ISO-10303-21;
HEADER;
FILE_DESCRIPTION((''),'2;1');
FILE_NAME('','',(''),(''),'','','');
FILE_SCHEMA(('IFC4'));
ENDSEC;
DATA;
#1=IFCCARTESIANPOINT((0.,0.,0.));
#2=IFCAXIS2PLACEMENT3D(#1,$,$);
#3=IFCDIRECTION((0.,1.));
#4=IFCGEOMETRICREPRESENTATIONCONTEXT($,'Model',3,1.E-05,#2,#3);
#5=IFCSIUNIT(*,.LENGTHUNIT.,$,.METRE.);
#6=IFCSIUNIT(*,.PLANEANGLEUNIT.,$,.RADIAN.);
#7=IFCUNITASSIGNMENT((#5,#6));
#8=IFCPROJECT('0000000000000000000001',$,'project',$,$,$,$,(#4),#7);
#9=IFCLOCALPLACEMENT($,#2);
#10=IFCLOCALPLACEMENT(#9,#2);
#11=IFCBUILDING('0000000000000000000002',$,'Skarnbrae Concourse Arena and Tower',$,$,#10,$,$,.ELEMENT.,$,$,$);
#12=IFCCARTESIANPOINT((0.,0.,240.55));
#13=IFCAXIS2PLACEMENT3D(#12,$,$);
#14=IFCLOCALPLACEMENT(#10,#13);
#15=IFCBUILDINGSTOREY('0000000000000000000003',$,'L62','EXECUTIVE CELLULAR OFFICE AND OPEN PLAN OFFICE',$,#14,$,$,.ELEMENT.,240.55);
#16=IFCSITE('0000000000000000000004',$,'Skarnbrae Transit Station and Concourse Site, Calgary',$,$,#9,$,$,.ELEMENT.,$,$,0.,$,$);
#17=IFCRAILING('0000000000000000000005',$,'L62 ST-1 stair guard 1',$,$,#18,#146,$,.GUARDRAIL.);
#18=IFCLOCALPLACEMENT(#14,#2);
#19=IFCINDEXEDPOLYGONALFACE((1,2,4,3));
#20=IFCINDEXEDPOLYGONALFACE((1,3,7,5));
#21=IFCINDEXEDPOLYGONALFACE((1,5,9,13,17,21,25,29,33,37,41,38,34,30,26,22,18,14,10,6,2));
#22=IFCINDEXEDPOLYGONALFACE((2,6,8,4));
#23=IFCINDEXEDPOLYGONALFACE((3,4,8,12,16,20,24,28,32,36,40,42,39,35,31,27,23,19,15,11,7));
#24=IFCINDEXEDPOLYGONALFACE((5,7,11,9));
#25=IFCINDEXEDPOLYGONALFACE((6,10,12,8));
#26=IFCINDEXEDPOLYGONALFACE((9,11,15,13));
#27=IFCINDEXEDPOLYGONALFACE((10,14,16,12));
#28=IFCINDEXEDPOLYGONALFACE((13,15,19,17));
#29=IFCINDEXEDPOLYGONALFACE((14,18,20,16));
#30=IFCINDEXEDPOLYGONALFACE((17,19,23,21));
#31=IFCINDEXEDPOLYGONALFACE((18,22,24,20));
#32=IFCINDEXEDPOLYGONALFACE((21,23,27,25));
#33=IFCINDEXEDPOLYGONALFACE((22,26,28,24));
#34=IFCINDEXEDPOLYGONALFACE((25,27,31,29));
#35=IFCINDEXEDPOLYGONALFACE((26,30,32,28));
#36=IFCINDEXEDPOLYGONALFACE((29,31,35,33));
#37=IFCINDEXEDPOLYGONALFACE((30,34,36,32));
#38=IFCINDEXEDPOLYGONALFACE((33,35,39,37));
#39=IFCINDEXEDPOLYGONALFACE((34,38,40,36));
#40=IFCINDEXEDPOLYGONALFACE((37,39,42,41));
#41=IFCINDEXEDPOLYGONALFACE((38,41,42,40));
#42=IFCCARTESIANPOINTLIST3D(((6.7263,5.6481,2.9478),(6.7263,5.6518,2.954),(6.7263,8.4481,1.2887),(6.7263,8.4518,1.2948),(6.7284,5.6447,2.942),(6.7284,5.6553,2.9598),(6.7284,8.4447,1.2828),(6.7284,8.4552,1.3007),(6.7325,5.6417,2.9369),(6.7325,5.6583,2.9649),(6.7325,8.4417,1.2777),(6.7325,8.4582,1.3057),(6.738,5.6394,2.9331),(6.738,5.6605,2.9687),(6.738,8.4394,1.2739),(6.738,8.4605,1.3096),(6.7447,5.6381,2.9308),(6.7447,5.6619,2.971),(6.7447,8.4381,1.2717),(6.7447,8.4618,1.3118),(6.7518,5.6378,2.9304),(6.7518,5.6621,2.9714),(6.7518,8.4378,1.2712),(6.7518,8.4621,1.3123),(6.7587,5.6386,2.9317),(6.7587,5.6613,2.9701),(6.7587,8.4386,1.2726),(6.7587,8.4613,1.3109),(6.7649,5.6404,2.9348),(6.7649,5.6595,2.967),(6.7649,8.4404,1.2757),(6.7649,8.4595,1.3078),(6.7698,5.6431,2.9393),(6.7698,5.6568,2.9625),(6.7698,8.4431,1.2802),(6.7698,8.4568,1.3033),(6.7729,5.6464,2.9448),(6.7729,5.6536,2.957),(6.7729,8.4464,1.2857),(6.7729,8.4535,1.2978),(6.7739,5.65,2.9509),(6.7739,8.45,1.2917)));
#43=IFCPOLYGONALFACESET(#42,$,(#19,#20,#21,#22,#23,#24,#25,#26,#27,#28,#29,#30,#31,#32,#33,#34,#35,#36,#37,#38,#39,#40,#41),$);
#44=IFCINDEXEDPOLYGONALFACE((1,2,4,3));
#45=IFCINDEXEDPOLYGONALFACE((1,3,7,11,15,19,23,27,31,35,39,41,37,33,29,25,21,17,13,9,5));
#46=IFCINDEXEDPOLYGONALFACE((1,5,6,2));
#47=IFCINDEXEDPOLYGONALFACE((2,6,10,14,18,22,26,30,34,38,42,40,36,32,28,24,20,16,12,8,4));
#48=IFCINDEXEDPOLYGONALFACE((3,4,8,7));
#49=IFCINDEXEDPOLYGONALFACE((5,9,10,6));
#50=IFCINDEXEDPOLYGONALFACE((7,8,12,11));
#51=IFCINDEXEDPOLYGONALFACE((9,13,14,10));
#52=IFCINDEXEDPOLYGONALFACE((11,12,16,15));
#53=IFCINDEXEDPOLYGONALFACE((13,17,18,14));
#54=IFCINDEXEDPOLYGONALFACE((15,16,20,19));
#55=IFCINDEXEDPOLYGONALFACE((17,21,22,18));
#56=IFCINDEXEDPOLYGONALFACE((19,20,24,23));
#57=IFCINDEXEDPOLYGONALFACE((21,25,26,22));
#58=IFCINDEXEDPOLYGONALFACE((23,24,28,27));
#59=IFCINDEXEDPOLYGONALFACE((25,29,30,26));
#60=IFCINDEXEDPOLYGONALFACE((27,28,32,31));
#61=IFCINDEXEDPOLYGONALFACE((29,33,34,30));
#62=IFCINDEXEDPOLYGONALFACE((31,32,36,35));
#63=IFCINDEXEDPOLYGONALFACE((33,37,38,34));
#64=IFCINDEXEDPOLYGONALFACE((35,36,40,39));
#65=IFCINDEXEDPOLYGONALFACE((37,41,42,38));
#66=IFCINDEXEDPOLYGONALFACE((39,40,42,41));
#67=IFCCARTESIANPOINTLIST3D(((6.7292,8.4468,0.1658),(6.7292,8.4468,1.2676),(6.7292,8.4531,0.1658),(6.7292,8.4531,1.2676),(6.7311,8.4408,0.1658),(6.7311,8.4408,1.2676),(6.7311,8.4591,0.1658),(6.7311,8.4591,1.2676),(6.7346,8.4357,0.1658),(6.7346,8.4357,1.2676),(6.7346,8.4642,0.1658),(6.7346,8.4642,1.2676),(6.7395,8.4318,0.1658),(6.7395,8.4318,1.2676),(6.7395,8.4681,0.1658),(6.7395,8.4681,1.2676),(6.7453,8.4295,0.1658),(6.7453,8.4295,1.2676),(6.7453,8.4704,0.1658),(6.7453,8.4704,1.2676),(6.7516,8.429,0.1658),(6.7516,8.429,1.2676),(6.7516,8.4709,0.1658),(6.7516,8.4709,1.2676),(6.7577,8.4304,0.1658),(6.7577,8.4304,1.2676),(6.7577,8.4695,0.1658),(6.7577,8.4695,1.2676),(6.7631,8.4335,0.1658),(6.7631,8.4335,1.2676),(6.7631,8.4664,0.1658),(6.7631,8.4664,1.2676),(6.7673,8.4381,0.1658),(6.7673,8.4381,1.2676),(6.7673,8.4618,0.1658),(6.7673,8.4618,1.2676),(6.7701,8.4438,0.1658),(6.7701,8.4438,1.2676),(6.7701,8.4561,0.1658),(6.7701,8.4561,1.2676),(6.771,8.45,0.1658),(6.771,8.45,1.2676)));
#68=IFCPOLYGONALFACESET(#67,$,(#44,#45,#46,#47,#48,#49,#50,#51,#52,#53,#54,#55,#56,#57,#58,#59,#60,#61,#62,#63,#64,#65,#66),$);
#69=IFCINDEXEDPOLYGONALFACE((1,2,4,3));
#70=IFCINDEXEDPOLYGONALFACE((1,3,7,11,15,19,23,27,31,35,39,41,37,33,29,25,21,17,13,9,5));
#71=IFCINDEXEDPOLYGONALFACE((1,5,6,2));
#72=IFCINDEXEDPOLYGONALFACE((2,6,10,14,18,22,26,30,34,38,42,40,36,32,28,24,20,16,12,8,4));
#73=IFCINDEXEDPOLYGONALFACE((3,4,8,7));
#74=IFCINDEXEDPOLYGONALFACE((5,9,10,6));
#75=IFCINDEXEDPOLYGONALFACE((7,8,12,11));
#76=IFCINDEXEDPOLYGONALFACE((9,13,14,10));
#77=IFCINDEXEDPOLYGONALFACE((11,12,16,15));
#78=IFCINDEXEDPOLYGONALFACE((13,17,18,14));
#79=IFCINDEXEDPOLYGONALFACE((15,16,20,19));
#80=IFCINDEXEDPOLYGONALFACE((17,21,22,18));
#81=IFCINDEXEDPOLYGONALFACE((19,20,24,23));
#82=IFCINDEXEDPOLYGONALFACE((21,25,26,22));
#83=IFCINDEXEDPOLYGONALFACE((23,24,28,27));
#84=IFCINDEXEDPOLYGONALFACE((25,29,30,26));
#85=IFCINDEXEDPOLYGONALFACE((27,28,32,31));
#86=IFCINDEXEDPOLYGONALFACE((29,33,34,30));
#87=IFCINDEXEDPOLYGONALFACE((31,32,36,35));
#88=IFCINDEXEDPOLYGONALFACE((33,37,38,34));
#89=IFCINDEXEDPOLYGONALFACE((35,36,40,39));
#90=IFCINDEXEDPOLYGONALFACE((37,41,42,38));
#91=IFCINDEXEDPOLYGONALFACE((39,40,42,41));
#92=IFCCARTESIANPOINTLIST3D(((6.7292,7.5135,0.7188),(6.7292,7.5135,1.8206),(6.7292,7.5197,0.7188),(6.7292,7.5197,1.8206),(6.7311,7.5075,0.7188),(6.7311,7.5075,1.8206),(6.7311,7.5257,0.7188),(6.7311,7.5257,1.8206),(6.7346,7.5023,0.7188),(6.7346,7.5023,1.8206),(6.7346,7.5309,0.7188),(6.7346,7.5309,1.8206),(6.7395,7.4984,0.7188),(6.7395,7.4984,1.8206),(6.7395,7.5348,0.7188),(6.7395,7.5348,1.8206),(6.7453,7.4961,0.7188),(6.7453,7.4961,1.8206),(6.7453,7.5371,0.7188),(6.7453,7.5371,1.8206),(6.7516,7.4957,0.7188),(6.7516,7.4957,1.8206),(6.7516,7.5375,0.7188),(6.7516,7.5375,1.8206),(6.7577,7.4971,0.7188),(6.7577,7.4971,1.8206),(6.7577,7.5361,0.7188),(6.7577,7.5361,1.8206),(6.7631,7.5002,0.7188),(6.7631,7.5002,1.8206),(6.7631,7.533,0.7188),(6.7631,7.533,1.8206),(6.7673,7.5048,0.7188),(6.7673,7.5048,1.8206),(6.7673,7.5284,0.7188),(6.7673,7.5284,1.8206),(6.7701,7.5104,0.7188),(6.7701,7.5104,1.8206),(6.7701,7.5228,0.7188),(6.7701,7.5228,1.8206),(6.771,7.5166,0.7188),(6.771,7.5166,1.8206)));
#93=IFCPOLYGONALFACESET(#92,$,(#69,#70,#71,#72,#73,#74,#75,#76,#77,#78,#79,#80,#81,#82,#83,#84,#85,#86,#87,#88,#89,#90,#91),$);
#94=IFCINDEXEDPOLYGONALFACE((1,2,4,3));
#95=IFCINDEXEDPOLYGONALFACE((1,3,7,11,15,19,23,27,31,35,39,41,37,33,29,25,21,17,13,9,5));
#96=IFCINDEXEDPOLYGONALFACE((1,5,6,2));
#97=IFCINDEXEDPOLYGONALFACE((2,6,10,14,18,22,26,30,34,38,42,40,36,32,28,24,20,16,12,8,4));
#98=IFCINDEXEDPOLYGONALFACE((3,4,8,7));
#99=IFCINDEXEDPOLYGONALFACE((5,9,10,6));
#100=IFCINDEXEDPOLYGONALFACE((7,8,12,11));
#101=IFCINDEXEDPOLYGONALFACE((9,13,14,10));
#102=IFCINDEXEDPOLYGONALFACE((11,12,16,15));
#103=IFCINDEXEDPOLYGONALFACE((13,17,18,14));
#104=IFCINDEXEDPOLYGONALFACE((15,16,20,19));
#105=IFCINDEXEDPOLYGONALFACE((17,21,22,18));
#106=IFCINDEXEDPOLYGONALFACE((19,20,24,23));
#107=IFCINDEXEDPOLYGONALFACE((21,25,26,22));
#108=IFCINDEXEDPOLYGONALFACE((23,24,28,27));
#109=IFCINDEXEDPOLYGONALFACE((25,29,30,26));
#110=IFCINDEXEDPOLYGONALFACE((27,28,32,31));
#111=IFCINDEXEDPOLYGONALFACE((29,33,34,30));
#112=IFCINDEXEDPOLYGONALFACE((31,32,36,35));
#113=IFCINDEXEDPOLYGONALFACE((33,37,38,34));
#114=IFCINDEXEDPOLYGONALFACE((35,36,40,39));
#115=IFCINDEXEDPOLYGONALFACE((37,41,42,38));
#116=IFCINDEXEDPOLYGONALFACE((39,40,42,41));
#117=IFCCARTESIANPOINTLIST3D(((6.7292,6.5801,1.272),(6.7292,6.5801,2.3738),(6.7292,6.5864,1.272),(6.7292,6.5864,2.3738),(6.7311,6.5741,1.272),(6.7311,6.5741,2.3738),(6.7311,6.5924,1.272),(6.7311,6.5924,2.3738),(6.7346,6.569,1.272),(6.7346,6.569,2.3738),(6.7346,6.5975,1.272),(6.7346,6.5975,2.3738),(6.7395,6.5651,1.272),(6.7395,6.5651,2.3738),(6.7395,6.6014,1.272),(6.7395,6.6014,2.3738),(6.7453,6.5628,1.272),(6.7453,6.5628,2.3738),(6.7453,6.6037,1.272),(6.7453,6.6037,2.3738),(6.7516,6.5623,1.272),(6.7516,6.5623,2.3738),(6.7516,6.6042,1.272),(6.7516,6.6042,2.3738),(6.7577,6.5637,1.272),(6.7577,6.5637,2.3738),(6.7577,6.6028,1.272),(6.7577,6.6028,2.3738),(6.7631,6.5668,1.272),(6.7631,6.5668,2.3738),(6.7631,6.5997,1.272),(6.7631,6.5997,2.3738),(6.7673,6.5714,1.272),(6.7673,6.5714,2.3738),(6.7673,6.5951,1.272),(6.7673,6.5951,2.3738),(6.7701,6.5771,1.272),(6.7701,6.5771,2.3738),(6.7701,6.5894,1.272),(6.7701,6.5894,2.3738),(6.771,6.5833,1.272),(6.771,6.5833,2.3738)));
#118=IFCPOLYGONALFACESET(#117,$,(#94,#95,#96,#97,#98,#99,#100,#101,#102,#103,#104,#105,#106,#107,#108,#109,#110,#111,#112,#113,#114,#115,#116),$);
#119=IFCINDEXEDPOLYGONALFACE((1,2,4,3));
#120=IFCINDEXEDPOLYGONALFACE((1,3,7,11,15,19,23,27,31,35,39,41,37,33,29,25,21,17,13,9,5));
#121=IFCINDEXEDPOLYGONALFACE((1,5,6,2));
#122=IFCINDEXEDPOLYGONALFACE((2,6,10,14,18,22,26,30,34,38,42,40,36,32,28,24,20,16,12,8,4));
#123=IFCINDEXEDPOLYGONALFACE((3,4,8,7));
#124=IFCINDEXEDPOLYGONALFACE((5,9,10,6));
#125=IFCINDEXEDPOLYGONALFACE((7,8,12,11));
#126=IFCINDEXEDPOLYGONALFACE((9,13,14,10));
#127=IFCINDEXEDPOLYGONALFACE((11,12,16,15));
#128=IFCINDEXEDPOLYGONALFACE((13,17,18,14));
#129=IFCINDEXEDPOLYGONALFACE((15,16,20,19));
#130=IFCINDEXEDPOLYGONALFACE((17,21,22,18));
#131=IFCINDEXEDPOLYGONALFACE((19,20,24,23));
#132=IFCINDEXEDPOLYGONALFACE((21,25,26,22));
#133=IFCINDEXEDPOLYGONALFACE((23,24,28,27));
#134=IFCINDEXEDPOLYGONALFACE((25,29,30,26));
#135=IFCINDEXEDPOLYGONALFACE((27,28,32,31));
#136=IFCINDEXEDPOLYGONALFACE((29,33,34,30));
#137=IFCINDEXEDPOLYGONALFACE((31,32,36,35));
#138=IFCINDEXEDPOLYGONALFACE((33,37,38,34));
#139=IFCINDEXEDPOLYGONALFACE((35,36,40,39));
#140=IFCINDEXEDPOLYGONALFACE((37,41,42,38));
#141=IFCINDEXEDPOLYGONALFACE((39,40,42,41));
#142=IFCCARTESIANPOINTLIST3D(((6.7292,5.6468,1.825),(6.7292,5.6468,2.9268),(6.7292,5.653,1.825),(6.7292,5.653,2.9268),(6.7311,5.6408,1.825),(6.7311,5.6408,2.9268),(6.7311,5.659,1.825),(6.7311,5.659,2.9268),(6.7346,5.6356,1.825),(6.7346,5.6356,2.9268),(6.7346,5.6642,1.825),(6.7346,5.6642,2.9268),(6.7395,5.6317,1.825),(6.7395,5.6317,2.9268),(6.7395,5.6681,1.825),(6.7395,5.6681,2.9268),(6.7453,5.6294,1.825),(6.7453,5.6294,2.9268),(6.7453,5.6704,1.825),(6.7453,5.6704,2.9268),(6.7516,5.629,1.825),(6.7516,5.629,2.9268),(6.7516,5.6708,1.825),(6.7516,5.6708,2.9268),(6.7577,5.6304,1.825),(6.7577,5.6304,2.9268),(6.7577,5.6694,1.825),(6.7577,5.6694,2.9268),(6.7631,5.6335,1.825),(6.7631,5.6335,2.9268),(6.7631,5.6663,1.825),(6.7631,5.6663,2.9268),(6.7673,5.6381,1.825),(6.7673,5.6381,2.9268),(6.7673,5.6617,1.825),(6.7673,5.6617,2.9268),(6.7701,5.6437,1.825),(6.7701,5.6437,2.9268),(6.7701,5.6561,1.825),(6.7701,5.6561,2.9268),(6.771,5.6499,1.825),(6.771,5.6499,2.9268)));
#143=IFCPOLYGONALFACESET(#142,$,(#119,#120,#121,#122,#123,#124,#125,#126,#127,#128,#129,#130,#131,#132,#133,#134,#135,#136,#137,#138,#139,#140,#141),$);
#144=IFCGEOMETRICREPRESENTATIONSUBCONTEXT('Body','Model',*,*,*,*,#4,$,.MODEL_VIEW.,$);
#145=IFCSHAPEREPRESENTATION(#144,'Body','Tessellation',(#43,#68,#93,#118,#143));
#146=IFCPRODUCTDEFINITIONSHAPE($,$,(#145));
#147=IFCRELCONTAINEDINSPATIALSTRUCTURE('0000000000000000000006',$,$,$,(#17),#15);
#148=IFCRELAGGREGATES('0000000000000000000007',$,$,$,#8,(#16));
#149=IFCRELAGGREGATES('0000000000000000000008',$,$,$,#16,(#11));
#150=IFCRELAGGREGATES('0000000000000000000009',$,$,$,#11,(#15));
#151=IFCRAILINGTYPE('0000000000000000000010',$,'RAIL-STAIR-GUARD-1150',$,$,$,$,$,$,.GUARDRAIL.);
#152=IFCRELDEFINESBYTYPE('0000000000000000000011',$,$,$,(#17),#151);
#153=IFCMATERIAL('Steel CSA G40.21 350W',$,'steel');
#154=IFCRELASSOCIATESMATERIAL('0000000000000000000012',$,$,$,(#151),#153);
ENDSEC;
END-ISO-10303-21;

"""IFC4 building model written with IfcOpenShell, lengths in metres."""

from ifc_helpers import new_model, si_unit, direction, frame, origin, origin_2d, place, context, subcontext, project, spatial, circle, extrude, material, type_object, element, save


model = new_model("IFC4")

# Units and contexts
model_context = context("Model", 3, precision=1e-05, world=origin(), true_north=direction((0.0, 1.0)))
body_context = subcontext(model_context, "Body", "Model", "MODEL_VIEW")
ifc_project = project(units=[si_unit("LENGTHUNIT", "METRE"), si_unit("PLANEANGLEUNIT", "RADIAN")], contexts=[model_context])

# Site, building, storey
site_placement = place(None, origin())
site = spatial("IfcSite", under=ifc_project, at=site_placement, Name="Skarnbrae Transit Station and Concourse Site, Calgary", CompositionType="ELEMENT", RefElevation=0.0)
building_placement = place(site_placement, origin())
building = spatial("IfcBuilding", under=site, at=building_placement, Name="Skarnbrae Concourse Arena and Tower", CompositionType="ELEMENT")
storey_placement = place(building_placement, frame((0.0, 0.0, 240.55)))
storey = spatial("IfcBuildingStorey", under=building, at=storey_placement, Name="L62", Description="EXECUTIVE CELLULAR OFFICE AND OPEN PLAN OFFICE", CompositionType="ELEMENT", Elevation=240.55)

# Railing
ifc_material_1 = material(Name="Steel CSA G40.21 350W", Category="steel")
railing_type_1 = type_object("IfcRailingType", Name="RAIL-STAIR-GUARD-1150", PredefinedType="GUARDRAIL", material=ifc_material_1)
railing_1_placement = place(storey_placement, frame((6.75, 8.45, 0.1658)))
element("IfcRailing", 1, at=railing_1_placement, inside=storey, type_object=railing_type_1, Name="L62 ST-1 stair guard 1", PredefinedType="GUARDRAIL", context=body_context, shape_type="SweptSolid", body=[
    extrude(circle(Radius=0.0239, at=origin_2d()), frame((0.0, 0.0, 1.126), z_axis=(0.0, -0.860306, 0.509778), x_axis=(1.0, 0.0, 0.0)), (0.0, 0.0, 1.0), 3.2546),
    extrude(circle(Radius=0.021, at=origin_2d()), origin(), (0.0, 0.0, 1.0), 1.1018),
    extrude(circle(Radius=0.021, at=origin_2d()), frame((0.0, -0.9333, 0.553)), (0.0, 0.0, 1.0), 1.1018),
    extrude(circle(Radius=0.021, at=origin_2d()), frame((0.0, -1.8667, 1.1062)), (0.0, 0.0, 1.0), 1.1018),
    extrude(circle(Radius=0.021, at=origin_2d()), frame((0.0, -2.8, 1.6592)), (0.0, 0.0, 1.0), 1.1018),
])

save(model, "model.ifc")
